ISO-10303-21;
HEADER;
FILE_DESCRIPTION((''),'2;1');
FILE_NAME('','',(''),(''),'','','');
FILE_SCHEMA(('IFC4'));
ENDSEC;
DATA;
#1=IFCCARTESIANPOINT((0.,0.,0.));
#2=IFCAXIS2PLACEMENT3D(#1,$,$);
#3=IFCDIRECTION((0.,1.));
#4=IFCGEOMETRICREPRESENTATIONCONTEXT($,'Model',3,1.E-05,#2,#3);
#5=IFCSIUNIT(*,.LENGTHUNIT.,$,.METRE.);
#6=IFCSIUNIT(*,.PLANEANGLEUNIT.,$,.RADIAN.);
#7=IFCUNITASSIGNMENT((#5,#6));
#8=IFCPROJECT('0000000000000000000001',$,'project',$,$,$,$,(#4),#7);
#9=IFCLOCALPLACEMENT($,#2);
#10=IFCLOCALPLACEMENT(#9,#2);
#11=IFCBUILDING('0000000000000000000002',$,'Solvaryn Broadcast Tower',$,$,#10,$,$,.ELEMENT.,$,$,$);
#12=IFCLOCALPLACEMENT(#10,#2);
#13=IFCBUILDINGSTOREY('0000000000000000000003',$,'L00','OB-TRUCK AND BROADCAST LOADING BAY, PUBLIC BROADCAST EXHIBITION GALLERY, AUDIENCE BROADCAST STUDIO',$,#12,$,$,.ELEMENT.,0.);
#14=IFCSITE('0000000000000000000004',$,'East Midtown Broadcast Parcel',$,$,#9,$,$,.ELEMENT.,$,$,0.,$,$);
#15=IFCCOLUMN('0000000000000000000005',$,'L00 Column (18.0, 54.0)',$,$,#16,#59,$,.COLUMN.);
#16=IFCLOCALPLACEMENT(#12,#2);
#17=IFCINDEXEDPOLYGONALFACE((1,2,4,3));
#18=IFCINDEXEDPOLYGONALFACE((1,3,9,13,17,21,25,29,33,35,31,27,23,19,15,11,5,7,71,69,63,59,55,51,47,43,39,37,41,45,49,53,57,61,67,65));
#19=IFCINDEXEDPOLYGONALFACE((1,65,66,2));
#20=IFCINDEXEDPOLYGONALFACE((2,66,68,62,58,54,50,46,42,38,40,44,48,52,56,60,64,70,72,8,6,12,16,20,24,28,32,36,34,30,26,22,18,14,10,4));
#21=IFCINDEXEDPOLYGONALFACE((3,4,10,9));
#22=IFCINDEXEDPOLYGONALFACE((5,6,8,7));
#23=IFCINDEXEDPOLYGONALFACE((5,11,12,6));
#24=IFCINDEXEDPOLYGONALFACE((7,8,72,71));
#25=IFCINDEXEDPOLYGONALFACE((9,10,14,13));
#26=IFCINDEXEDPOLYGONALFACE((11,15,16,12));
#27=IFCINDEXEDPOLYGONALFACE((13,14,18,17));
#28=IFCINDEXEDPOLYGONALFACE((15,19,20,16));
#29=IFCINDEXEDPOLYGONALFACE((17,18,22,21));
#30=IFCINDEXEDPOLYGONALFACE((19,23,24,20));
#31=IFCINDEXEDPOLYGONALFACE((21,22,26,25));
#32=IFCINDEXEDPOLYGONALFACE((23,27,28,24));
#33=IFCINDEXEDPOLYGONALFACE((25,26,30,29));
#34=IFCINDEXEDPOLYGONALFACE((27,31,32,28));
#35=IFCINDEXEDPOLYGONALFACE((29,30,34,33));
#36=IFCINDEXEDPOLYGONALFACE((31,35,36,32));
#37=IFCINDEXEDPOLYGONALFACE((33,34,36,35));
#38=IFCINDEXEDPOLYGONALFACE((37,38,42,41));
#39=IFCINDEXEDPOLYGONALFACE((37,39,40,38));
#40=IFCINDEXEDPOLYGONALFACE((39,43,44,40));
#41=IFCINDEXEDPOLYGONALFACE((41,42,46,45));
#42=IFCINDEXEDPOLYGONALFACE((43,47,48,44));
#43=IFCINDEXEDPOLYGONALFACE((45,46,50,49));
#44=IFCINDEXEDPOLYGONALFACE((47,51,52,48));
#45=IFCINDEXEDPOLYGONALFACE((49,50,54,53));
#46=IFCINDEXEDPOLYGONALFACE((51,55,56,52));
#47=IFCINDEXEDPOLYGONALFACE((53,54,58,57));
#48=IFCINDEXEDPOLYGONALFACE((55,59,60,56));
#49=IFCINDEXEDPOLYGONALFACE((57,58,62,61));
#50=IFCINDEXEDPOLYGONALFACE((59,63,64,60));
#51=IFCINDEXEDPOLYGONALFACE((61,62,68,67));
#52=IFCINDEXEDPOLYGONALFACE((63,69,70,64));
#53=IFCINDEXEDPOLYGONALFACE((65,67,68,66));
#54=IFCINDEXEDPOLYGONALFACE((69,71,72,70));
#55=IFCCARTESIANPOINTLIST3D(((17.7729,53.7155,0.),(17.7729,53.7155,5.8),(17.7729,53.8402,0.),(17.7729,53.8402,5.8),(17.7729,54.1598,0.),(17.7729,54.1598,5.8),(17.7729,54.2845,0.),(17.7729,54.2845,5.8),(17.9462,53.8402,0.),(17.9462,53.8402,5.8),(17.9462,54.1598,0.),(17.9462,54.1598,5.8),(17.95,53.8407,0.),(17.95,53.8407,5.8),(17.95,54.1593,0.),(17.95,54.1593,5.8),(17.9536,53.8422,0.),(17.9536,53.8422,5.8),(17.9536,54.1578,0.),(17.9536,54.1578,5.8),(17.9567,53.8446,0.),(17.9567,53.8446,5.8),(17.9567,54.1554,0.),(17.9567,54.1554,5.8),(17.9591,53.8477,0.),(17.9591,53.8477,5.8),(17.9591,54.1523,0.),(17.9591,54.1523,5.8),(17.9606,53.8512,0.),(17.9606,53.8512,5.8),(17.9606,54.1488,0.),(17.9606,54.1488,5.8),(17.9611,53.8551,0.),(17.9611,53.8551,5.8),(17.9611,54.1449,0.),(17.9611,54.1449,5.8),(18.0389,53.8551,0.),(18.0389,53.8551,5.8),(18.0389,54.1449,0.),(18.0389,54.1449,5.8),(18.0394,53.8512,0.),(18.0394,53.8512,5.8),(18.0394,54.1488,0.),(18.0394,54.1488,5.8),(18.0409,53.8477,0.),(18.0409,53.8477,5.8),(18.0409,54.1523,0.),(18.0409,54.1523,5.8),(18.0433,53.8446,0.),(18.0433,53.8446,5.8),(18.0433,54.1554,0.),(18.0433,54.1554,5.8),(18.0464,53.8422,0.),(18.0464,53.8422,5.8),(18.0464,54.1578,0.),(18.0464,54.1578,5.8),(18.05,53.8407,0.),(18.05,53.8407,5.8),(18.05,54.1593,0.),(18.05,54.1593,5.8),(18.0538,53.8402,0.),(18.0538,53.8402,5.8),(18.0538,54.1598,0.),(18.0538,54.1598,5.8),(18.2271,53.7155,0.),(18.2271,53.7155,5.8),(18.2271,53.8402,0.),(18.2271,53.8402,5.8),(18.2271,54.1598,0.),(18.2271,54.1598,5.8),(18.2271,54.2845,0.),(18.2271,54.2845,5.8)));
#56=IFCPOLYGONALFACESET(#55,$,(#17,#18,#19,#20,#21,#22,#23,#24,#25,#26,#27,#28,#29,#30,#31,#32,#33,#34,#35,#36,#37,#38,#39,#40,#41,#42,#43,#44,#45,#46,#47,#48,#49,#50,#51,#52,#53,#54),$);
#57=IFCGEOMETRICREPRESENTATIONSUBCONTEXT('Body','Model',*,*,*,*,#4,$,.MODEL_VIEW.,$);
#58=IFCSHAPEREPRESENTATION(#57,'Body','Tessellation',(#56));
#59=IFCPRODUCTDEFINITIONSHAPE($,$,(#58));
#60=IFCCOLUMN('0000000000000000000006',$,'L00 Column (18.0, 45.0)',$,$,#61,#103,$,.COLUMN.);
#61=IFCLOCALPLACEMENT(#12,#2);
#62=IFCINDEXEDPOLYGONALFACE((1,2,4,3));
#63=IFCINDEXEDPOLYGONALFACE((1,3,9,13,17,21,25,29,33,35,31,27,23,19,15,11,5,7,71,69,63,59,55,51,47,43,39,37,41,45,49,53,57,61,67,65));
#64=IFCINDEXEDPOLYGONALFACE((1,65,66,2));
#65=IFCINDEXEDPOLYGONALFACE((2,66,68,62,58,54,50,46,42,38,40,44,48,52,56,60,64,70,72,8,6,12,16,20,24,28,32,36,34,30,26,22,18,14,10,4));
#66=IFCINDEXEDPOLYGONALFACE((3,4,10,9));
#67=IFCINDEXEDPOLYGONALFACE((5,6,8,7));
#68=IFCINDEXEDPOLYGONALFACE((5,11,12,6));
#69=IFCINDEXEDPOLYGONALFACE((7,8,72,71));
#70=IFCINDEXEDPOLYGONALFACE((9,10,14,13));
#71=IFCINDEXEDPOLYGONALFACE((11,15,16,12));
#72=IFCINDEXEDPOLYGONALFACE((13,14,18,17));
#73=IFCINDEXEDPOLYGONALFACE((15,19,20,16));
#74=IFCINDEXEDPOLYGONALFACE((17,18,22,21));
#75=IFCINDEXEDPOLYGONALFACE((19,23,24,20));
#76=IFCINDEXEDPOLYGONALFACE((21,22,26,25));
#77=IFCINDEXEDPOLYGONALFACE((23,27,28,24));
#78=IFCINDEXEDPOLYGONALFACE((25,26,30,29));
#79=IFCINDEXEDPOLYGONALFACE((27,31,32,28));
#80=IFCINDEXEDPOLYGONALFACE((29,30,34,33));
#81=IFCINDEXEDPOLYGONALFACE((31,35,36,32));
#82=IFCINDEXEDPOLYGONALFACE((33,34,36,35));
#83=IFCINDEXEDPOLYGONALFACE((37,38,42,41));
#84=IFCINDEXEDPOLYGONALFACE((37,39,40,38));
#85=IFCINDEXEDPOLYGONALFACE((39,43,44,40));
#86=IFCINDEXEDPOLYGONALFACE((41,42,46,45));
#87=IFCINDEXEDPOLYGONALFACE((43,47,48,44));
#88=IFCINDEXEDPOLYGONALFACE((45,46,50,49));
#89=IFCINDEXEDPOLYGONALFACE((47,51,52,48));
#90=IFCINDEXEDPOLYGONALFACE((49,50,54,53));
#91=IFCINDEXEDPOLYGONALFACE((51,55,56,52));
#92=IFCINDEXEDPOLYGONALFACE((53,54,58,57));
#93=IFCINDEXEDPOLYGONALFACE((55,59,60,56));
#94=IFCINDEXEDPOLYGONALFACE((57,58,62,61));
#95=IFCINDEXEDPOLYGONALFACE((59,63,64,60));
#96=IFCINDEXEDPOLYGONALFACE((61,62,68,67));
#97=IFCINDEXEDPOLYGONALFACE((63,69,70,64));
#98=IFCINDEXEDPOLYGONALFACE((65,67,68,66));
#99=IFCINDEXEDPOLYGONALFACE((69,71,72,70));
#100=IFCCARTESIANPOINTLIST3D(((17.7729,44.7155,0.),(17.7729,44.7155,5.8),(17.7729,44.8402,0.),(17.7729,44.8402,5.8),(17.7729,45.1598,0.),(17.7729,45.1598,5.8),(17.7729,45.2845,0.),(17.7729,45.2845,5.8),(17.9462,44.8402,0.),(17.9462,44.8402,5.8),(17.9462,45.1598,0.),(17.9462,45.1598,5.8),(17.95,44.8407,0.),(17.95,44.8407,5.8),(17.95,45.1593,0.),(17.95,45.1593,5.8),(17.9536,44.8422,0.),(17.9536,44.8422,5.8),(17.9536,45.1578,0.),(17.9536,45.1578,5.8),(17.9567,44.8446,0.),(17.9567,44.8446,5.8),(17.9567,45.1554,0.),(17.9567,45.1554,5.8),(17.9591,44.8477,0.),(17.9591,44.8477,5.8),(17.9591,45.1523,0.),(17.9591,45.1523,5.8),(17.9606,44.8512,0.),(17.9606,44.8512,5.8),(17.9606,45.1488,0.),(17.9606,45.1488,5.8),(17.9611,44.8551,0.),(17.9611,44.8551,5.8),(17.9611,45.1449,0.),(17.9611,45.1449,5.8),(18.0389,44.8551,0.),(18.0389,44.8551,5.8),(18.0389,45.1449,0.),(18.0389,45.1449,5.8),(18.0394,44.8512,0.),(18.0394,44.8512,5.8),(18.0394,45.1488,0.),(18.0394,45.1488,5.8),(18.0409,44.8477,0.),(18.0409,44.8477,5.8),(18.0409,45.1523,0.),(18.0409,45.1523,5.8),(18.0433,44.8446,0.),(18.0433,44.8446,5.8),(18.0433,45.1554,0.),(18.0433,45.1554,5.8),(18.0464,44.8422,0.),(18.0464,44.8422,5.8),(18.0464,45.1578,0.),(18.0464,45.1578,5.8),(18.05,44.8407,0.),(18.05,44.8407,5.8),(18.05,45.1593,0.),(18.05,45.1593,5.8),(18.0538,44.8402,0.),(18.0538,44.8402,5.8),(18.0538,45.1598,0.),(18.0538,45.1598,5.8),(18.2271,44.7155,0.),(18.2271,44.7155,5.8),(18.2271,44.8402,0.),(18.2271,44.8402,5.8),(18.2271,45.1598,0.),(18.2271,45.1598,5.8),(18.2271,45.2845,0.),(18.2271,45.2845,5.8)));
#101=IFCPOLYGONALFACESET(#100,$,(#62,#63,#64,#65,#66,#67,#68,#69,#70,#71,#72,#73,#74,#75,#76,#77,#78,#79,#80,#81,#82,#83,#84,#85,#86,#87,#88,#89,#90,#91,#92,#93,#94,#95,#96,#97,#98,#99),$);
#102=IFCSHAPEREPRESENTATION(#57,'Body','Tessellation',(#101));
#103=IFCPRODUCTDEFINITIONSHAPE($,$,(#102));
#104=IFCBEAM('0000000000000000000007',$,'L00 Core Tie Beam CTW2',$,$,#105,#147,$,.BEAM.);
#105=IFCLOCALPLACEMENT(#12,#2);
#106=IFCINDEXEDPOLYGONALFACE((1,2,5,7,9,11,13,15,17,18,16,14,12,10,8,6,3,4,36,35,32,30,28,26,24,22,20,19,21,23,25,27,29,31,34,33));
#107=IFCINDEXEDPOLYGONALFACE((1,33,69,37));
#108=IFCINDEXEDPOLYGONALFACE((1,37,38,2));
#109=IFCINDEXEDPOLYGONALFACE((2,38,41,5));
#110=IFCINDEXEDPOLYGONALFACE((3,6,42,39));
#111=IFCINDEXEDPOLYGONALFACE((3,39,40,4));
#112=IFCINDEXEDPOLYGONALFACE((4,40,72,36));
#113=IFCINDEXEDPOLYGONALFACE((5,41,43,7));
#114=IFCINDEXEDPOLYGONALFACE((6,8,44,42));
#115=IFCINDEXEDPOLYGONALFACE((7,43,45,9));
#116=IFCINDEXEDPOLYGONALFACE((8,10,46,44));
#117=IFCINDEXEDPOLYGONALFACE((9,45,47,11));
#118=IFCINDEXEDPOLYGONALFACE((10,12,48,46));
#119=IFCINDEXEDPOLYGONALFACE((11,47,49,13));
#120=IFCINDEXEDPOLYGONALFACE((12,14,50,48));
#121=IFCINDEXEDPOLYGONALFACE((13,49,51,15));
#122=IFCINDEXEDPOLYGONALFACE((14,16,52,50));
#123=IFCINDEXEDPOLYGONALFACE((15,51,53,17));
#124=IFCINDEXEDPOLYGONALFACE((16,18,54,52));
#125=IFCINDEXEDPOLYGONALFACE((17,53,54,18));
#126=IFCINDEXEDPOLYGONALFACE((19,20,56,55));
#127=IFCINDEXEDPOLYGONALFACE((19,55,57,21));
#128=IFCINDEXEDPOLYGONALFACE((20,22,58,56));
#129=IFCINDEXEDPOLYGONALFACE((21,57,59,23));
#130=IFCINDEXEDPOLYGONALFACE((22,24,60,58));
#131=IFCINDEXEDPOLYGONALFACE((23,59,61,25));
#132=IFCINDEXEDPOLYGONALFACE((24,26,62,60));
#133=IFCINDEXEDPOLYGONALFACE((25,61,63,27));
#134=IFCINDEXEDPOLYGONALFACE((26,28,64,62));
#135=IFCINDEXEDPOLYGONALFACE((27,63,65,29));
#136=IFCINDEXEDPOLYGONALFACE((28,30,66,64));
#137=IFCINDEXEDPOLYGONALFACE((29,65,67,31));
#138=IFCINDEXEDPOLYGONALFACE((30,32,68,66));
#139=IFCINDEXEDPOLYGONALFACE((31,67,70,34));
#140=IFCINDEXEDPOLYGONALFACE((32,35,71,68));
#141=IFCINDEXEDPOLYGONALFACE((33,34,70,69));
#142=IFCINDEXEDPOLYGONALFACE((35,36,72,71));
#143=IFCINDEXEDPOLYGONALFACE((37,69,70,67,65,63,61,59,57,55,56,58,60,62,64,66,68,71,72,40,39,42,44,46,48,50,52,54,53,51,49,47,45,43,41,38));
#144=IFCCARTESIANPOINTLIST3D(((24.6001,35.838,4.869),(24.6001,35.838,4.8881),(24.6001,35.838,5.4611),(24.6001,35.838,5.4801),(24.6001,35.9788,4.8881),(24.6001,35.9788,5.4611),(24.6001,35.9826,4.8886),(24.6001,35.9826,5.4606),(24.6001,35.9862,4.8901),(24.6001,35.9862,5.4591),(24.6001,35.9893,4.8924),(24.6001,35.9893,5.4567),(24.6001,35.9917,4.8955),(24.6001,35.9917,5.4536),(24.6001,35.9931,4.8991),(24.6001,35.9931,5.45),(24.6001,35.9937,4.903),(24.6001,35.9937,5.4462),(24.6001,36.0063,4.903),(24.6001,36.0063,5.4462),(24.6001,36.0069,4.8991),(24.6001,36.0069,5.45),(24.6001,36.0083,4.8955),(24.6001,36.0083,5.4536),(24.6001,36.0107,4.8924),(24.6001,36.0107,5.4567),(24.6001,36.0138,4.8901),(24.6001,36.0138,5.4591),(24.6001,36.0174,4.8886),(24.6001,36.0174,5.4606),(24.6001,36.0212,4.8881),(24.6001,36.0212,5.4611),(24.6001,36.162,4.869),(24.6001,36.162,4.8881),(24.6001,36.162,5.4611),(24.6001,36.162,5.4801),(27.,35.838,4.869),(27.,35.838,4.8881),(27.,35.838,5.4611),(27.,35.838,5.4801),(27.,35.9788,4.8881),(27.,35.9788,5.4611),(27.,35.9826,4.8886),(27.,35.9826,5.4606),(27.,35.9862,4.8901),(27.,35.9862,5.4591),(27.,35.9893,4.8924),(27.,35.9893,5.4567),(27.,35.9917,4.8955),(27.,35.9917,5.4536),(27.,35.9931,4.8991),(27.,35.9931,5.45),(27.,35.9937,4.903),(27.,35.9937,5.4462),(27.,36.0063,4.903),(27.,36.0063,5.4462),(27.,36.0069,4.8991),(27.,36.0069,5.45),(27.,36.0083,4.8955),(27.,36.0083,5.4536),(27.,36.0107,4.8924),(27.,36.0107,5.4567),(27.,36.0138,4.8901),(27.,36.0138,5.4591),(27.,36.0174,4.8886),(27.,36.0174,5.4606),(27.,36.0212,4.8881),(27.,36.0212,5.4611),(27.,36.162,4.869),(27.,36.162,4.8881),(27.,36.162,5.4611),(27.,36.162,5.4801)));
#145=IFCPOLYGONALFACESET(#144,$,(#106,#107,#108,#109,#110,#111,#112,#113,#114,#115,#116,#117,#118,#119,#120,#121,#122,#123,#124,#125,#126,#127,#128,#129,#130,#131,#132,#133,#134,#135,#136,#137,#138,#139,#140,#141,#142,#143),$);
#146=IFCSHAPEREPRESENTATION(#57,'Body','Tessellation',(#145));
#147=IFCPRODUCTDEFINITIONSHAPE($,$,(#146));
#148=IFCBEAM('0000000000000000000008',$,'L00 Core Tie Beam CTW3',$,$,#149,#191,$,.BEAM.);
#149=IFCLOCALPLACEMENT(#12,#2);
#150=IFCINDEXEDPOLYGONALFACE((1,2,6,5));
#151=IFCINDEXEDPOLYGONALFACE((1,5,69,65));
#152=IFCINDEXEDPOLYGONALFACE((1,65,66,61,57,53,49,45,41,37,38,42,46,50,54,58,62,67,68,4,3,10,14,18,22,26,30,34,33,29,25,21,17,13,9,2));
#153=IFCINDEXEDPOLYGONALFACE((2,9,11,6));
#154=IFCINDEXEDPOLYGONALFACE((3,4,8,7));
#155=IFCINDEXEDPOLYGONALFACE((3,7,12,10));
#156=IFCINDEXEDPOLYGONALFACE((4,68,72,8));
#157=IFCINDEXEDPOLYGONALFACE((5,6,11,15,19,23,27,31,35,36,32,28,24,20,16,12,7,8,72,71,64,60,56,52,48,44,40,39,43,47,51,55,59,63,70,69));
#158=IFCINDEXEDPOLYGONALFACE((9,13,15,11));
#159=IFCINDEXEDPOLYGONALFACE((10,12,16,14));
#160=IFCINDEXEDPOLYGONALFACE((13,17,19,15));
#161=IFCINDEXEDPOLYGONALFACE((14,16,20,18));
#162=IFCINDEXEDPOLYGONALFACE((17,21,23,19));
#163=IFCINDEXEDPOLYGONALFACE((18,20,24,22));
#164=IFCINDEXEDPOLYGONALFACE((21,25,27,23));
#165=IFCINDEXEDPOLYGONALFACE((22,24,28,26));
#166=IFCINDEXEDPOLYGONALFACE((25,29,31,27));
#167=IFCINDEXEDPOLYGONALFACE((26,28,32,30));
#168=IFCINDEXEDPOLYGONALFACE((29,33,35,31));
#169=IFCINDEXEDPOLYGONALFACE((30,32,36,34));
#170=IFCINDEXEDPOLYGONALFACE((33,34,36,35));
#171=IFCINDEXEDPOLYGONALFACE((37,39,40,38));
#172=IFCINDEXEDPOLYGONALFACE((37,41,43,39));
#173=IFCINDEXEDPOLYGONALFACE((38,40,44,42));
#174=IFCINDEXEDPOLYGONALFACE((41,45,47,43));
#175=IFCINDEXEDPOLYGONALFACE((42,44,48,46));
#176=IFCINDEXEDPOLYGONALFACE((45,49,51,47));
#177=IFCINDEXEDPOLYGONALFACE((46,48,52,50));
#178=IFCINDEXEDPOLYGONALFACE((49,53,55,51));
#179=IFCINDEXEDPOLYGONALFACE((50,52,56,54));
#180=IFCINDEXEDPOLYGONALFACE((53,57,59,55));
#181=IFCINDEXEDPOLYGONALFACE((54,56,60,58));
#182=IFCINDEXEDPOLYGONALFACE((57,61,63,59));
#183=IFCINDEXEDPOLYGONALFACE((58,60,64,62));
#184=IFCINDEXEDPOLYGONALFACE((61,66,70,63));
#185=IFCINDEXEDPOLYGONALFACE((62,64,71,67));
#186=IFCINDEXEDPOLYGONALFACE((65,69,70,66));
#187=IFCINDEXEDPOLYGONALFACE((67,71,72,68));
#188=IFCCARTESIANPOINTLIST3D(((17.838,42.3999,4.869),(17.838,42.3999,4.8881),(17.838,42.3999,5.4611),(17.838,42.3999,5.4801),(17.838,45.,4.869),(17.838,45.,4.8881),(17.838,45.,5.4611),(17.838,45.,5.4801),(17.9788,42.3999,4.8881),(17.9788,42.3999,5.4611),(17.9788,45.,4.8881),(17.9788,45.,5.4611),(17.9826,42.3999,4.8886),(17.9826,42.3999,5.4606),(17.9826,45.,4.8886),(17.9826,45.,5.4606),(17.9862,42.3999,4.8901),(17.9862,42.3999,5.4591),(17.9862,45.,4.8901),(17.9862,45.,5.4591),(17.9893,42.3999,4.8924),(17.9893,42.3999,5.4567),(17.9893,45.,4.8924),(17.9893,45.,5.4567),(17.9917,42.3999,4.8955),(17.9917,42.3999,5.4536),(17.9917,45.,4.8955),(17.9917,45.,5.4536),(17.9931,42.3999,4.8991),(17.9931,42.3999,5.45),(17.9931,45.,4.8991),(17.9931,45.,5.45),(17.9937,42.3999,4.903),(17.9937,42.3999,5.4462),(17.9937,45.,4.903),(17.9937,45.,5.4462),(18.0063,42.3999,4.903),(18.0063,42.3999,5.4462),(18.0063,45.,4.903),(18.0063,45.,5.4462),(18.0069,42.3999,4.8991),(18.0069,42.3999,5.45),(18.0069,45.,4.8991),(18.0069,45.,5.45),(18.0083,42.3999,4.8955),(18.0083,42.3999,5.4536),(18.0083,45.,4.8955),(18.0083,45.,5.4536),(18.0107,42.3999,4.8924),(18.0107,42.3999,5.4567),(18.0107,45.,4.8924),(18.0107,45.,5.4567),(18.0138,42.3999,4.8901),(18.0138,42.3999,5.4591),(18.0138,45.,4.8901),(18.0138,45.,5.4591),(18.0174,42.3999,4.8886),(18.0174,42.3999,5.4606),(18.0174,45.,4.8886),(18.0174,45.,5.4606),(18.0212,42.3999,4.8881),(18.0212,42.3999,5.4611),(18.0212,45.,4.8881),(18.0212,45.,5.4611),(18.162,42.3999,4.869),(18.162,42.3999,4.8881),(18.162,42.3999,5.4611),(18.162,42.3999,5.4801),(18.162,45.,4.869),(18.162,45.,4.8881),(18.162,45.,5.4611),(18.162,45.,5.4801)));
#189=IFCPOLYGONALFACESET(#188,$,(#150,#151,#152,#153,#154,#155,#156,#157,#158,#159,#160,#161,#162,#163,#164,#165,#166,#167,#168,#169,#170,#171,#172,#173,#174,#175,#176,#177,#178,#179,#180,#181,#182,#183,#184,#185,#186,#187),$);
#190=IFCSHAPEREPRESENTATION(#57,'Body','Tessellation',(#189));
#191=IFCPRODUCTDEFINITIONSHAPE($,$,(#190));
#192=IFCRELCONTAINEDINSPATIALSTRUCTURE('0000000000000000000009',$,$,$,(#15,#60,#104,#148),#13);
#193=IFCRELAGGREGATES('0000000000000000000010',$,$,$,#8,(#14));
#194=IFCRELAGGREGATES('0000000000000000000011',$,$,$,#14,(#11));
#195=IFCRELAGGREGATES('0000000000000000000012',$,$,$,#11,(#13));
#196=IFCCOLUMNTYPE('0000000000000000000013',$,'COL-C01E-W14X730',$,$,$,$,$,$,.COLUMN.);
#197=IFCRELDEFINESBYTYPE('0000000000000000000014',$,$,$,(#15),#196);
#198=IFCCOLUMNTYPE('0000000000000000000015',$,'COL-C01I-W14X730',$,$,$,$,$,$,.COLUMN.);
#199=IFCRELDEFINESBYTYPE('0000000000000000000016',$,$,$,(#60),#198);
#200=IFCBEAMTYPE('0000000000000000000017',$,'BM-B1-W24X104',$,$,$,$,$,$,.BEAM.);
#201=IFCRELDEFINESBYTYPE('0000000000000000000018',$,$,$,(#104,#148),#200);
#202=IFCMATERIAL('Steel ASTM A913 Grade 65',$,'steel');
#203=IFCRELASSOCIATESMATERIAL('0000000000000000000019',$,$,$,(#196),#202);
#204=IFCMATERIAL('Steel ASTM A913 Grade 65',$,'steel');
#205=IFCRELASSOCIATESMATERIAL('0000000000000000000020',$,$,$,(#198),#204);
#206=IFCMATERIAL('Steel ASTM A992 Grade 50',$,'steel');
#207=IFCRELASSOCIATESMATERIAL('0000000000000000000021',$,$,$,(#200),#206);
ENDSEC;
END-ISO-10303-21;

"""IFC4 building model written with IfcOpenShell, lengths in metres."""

from ifc_helpers import new_model, si_unit, direction, frame, origin, origin_2d, place, context, subcontext, project, spatial, i_section, extrude, material, material_profile, profile_set, type_object, element, save


model = new_model("IFC4")

# Units and contexts
model_context = context("Model", 3, precision=1e-05, world=origin(), true_north=direction((0.0, 1.0)))
body_context = subcontext(model_context, "Body", "Model", "MODEL_VIEW")
ifc_project = project(units=[si_unit("LENGTHUNIT", "METRE"), si_unit("PLANEANGLEUNIT", "RADIAN")], contexts=[model_context])

# Site, building, storey
site_placement = place(None, origin())
site = spatial("IfcSite", under=ifc_project, at=site_placement, Name="East Midtown Broadcast Parcel", CompositionType="ELEMENT", RefElevation=0.0)
building_placement = place(site_placement, origin())
building = spatial("IfcBuilding", under=site, at=building_placement, Name="Solvaryn Broadcast Tower", CompositionType="ELEMENT")
storey_placement = place(building_placement, origin())
storey = spatial("IfcBuildingStorey", under=building, at=storey_placement, Name="L00", Description="OB-TRUCK AND BROADCAST LOADING BAY, PUBLIC BROADCAST EXHIBITION GALLERY, AUDIENCE BROADCAST STUDIO", CompositionType="ELEMENT", Elevation=0.0)

# Columns
ifc_material_1 = material(Name="Steel ASTM A913 Grade 65", Category="steel")
ifc_material_profile_1 = material_profile(ifc_material_1, i_section(OverallWidth=0.4541, OverallDepth=0.5691, WebThickness=0.0779, FlangeThickness=0.1248, FilletRadius=0.0149, at=origin_2d()))
ifc_profile_set_1 = profile_set([ifc_material_profile_1], Name="Steel ASTM A913 Grade 65")
column_type_1 = type_object("IfcColumnType", Name="COL-C01E-W14X730", PredefinedType="COLUMN", material=ifc_profile_set_1)
column_1_placement = place(storey_placement, frame((18.0, 54.0, 0.0), z_axis=(0.0, 0.0, 1.0), x_axis=(1.0, 0.0, 0.0)))
element("IfcColumn", 1, at=column_1_placement, inside=storey, type_object=column_type_1, Name="L00 Column (18.0, 54.0)", PredefinedType="COLUMN", context=body_context, shape_type="SweptSolid", body=[
    extrude(i_section(OverallWidth=0.4541, OverallDepth=0.5691, WebThickness=0.0779, FlangeThickness=0.1248, FilletRadius=0.0149, at=origin_2d()), origin(), (0.0, 0.0, 1.0), 5.8),
])
ifc_material_2 = material(Name="Steel ASTM A913 Grade 65", Category="steel")
ifc_material_profile_2 = material_profile(ifc_material_2, i_section(OverallWidth=0.4541, OverallDepth=0.5691, WebThickness=0.0779, FlangeThickness=0.1248, FilletRadius=0.0149, at=origin_2d()))
ifc_profile_set_2 = profile_set([ifc_material_profile_2], Name="Steel ASTM A913 Grade 65")
column_type_2 = type_object("IfcColumnType", Name="COL-C01I-W14X730", PredefinedType="COLUMN", material=ifc_profile_set_2)
column_2_placement = place(storey_placement, frame((18.0, 45.0, 0.0), z_axis=(0.0, 0.0, 1.0), x_axis=(1.0, 0.0, 0.0)))
element("IfcColumn", 2, at=column_2_placement, inside=storey, type_object=column_type_2, Name="L00 Column (18.0, 45.0)", PredefinedType="COLUMN", context=body_context, shape_type="SweptSolid", body=[
    extrude(i_section(OverallWidth=0.4541, OverallDepth=0.5691, WebThickness=0.0779, FlangeThickness=0.1248, FilletRadius=0.0149, at=origin_2d()), origin(), (0.0, 0.0, 1.0), 5.8),
])

# Beams
ifc_material_3 = material(Name="Steel ASTM A992 Grade 50", Category="steel")
ifc_material_profile_3 = material_profile(ifc_material_3, i_section(OverallWidth=0.324, OverallDepth=0.6111, WebThickness=0.0127, FlangeThickness=0.019, FilletRadius=0.0149, at=origin_2d()))
ifc_profile_set_3 = profile_set([ifc_material_profile_3], Name="Steel ASTM A992 Grade 50")
beam_type_1 = type_object("IfcBeamType", Name="BM-B1-W24X104", PredefinedType="BEAM", material=ifc_profile_set_3)
beam_1_placement = place(storey_placement, frame((24.6001, 36.0, 5.1746), z_axis=(1.0, 0.0, 0.0), x_axis=(0.0, 1.0, 0.0)))
element("IfcBeam", 3, at=beam_1_placement, inside=storey, type_object=beam_type_1, Name="L00 Core Tie Beam CTW2", PredefinedType="BEAM", context=body_context, shape_type="SweptSolid", body=[
    extrude(i_section(OverallWidth=0.324, OverallDepth=0.6111, WebThickness=0.0127, FlangeThickness=0.019, FilletRadius=0.0149, at=origin_2d()), origin(), (0.0, 0.0, 1.0), 2.3999),
])
beam_2_placement = place(storey_placement, frame((18.0, 42.3999, 5.1746), z_axis=(0.0, 1.0, 0.0), x_axis=(-1.0, 0.0, 0.0)))
element("IfcBeam", 4, at=beam_2_placement, inside=storey, type_object=beam_type_1, Name="L00 Core Tie Beam CTW3", PredefinedType="BEAM", context=body_context, shape_type="SweptSolid", body=[
    extrude(i_section(OverallWidth=0.324, OverallDepth=0.6111, WebThickness=0.0127, FlangeThickness=0.019, FilletRadius=0.0149, at=origin_2d()), origin(), (0.0, 0.0, 1.0), 2.6001),
])

save(model, "model.ifc")
